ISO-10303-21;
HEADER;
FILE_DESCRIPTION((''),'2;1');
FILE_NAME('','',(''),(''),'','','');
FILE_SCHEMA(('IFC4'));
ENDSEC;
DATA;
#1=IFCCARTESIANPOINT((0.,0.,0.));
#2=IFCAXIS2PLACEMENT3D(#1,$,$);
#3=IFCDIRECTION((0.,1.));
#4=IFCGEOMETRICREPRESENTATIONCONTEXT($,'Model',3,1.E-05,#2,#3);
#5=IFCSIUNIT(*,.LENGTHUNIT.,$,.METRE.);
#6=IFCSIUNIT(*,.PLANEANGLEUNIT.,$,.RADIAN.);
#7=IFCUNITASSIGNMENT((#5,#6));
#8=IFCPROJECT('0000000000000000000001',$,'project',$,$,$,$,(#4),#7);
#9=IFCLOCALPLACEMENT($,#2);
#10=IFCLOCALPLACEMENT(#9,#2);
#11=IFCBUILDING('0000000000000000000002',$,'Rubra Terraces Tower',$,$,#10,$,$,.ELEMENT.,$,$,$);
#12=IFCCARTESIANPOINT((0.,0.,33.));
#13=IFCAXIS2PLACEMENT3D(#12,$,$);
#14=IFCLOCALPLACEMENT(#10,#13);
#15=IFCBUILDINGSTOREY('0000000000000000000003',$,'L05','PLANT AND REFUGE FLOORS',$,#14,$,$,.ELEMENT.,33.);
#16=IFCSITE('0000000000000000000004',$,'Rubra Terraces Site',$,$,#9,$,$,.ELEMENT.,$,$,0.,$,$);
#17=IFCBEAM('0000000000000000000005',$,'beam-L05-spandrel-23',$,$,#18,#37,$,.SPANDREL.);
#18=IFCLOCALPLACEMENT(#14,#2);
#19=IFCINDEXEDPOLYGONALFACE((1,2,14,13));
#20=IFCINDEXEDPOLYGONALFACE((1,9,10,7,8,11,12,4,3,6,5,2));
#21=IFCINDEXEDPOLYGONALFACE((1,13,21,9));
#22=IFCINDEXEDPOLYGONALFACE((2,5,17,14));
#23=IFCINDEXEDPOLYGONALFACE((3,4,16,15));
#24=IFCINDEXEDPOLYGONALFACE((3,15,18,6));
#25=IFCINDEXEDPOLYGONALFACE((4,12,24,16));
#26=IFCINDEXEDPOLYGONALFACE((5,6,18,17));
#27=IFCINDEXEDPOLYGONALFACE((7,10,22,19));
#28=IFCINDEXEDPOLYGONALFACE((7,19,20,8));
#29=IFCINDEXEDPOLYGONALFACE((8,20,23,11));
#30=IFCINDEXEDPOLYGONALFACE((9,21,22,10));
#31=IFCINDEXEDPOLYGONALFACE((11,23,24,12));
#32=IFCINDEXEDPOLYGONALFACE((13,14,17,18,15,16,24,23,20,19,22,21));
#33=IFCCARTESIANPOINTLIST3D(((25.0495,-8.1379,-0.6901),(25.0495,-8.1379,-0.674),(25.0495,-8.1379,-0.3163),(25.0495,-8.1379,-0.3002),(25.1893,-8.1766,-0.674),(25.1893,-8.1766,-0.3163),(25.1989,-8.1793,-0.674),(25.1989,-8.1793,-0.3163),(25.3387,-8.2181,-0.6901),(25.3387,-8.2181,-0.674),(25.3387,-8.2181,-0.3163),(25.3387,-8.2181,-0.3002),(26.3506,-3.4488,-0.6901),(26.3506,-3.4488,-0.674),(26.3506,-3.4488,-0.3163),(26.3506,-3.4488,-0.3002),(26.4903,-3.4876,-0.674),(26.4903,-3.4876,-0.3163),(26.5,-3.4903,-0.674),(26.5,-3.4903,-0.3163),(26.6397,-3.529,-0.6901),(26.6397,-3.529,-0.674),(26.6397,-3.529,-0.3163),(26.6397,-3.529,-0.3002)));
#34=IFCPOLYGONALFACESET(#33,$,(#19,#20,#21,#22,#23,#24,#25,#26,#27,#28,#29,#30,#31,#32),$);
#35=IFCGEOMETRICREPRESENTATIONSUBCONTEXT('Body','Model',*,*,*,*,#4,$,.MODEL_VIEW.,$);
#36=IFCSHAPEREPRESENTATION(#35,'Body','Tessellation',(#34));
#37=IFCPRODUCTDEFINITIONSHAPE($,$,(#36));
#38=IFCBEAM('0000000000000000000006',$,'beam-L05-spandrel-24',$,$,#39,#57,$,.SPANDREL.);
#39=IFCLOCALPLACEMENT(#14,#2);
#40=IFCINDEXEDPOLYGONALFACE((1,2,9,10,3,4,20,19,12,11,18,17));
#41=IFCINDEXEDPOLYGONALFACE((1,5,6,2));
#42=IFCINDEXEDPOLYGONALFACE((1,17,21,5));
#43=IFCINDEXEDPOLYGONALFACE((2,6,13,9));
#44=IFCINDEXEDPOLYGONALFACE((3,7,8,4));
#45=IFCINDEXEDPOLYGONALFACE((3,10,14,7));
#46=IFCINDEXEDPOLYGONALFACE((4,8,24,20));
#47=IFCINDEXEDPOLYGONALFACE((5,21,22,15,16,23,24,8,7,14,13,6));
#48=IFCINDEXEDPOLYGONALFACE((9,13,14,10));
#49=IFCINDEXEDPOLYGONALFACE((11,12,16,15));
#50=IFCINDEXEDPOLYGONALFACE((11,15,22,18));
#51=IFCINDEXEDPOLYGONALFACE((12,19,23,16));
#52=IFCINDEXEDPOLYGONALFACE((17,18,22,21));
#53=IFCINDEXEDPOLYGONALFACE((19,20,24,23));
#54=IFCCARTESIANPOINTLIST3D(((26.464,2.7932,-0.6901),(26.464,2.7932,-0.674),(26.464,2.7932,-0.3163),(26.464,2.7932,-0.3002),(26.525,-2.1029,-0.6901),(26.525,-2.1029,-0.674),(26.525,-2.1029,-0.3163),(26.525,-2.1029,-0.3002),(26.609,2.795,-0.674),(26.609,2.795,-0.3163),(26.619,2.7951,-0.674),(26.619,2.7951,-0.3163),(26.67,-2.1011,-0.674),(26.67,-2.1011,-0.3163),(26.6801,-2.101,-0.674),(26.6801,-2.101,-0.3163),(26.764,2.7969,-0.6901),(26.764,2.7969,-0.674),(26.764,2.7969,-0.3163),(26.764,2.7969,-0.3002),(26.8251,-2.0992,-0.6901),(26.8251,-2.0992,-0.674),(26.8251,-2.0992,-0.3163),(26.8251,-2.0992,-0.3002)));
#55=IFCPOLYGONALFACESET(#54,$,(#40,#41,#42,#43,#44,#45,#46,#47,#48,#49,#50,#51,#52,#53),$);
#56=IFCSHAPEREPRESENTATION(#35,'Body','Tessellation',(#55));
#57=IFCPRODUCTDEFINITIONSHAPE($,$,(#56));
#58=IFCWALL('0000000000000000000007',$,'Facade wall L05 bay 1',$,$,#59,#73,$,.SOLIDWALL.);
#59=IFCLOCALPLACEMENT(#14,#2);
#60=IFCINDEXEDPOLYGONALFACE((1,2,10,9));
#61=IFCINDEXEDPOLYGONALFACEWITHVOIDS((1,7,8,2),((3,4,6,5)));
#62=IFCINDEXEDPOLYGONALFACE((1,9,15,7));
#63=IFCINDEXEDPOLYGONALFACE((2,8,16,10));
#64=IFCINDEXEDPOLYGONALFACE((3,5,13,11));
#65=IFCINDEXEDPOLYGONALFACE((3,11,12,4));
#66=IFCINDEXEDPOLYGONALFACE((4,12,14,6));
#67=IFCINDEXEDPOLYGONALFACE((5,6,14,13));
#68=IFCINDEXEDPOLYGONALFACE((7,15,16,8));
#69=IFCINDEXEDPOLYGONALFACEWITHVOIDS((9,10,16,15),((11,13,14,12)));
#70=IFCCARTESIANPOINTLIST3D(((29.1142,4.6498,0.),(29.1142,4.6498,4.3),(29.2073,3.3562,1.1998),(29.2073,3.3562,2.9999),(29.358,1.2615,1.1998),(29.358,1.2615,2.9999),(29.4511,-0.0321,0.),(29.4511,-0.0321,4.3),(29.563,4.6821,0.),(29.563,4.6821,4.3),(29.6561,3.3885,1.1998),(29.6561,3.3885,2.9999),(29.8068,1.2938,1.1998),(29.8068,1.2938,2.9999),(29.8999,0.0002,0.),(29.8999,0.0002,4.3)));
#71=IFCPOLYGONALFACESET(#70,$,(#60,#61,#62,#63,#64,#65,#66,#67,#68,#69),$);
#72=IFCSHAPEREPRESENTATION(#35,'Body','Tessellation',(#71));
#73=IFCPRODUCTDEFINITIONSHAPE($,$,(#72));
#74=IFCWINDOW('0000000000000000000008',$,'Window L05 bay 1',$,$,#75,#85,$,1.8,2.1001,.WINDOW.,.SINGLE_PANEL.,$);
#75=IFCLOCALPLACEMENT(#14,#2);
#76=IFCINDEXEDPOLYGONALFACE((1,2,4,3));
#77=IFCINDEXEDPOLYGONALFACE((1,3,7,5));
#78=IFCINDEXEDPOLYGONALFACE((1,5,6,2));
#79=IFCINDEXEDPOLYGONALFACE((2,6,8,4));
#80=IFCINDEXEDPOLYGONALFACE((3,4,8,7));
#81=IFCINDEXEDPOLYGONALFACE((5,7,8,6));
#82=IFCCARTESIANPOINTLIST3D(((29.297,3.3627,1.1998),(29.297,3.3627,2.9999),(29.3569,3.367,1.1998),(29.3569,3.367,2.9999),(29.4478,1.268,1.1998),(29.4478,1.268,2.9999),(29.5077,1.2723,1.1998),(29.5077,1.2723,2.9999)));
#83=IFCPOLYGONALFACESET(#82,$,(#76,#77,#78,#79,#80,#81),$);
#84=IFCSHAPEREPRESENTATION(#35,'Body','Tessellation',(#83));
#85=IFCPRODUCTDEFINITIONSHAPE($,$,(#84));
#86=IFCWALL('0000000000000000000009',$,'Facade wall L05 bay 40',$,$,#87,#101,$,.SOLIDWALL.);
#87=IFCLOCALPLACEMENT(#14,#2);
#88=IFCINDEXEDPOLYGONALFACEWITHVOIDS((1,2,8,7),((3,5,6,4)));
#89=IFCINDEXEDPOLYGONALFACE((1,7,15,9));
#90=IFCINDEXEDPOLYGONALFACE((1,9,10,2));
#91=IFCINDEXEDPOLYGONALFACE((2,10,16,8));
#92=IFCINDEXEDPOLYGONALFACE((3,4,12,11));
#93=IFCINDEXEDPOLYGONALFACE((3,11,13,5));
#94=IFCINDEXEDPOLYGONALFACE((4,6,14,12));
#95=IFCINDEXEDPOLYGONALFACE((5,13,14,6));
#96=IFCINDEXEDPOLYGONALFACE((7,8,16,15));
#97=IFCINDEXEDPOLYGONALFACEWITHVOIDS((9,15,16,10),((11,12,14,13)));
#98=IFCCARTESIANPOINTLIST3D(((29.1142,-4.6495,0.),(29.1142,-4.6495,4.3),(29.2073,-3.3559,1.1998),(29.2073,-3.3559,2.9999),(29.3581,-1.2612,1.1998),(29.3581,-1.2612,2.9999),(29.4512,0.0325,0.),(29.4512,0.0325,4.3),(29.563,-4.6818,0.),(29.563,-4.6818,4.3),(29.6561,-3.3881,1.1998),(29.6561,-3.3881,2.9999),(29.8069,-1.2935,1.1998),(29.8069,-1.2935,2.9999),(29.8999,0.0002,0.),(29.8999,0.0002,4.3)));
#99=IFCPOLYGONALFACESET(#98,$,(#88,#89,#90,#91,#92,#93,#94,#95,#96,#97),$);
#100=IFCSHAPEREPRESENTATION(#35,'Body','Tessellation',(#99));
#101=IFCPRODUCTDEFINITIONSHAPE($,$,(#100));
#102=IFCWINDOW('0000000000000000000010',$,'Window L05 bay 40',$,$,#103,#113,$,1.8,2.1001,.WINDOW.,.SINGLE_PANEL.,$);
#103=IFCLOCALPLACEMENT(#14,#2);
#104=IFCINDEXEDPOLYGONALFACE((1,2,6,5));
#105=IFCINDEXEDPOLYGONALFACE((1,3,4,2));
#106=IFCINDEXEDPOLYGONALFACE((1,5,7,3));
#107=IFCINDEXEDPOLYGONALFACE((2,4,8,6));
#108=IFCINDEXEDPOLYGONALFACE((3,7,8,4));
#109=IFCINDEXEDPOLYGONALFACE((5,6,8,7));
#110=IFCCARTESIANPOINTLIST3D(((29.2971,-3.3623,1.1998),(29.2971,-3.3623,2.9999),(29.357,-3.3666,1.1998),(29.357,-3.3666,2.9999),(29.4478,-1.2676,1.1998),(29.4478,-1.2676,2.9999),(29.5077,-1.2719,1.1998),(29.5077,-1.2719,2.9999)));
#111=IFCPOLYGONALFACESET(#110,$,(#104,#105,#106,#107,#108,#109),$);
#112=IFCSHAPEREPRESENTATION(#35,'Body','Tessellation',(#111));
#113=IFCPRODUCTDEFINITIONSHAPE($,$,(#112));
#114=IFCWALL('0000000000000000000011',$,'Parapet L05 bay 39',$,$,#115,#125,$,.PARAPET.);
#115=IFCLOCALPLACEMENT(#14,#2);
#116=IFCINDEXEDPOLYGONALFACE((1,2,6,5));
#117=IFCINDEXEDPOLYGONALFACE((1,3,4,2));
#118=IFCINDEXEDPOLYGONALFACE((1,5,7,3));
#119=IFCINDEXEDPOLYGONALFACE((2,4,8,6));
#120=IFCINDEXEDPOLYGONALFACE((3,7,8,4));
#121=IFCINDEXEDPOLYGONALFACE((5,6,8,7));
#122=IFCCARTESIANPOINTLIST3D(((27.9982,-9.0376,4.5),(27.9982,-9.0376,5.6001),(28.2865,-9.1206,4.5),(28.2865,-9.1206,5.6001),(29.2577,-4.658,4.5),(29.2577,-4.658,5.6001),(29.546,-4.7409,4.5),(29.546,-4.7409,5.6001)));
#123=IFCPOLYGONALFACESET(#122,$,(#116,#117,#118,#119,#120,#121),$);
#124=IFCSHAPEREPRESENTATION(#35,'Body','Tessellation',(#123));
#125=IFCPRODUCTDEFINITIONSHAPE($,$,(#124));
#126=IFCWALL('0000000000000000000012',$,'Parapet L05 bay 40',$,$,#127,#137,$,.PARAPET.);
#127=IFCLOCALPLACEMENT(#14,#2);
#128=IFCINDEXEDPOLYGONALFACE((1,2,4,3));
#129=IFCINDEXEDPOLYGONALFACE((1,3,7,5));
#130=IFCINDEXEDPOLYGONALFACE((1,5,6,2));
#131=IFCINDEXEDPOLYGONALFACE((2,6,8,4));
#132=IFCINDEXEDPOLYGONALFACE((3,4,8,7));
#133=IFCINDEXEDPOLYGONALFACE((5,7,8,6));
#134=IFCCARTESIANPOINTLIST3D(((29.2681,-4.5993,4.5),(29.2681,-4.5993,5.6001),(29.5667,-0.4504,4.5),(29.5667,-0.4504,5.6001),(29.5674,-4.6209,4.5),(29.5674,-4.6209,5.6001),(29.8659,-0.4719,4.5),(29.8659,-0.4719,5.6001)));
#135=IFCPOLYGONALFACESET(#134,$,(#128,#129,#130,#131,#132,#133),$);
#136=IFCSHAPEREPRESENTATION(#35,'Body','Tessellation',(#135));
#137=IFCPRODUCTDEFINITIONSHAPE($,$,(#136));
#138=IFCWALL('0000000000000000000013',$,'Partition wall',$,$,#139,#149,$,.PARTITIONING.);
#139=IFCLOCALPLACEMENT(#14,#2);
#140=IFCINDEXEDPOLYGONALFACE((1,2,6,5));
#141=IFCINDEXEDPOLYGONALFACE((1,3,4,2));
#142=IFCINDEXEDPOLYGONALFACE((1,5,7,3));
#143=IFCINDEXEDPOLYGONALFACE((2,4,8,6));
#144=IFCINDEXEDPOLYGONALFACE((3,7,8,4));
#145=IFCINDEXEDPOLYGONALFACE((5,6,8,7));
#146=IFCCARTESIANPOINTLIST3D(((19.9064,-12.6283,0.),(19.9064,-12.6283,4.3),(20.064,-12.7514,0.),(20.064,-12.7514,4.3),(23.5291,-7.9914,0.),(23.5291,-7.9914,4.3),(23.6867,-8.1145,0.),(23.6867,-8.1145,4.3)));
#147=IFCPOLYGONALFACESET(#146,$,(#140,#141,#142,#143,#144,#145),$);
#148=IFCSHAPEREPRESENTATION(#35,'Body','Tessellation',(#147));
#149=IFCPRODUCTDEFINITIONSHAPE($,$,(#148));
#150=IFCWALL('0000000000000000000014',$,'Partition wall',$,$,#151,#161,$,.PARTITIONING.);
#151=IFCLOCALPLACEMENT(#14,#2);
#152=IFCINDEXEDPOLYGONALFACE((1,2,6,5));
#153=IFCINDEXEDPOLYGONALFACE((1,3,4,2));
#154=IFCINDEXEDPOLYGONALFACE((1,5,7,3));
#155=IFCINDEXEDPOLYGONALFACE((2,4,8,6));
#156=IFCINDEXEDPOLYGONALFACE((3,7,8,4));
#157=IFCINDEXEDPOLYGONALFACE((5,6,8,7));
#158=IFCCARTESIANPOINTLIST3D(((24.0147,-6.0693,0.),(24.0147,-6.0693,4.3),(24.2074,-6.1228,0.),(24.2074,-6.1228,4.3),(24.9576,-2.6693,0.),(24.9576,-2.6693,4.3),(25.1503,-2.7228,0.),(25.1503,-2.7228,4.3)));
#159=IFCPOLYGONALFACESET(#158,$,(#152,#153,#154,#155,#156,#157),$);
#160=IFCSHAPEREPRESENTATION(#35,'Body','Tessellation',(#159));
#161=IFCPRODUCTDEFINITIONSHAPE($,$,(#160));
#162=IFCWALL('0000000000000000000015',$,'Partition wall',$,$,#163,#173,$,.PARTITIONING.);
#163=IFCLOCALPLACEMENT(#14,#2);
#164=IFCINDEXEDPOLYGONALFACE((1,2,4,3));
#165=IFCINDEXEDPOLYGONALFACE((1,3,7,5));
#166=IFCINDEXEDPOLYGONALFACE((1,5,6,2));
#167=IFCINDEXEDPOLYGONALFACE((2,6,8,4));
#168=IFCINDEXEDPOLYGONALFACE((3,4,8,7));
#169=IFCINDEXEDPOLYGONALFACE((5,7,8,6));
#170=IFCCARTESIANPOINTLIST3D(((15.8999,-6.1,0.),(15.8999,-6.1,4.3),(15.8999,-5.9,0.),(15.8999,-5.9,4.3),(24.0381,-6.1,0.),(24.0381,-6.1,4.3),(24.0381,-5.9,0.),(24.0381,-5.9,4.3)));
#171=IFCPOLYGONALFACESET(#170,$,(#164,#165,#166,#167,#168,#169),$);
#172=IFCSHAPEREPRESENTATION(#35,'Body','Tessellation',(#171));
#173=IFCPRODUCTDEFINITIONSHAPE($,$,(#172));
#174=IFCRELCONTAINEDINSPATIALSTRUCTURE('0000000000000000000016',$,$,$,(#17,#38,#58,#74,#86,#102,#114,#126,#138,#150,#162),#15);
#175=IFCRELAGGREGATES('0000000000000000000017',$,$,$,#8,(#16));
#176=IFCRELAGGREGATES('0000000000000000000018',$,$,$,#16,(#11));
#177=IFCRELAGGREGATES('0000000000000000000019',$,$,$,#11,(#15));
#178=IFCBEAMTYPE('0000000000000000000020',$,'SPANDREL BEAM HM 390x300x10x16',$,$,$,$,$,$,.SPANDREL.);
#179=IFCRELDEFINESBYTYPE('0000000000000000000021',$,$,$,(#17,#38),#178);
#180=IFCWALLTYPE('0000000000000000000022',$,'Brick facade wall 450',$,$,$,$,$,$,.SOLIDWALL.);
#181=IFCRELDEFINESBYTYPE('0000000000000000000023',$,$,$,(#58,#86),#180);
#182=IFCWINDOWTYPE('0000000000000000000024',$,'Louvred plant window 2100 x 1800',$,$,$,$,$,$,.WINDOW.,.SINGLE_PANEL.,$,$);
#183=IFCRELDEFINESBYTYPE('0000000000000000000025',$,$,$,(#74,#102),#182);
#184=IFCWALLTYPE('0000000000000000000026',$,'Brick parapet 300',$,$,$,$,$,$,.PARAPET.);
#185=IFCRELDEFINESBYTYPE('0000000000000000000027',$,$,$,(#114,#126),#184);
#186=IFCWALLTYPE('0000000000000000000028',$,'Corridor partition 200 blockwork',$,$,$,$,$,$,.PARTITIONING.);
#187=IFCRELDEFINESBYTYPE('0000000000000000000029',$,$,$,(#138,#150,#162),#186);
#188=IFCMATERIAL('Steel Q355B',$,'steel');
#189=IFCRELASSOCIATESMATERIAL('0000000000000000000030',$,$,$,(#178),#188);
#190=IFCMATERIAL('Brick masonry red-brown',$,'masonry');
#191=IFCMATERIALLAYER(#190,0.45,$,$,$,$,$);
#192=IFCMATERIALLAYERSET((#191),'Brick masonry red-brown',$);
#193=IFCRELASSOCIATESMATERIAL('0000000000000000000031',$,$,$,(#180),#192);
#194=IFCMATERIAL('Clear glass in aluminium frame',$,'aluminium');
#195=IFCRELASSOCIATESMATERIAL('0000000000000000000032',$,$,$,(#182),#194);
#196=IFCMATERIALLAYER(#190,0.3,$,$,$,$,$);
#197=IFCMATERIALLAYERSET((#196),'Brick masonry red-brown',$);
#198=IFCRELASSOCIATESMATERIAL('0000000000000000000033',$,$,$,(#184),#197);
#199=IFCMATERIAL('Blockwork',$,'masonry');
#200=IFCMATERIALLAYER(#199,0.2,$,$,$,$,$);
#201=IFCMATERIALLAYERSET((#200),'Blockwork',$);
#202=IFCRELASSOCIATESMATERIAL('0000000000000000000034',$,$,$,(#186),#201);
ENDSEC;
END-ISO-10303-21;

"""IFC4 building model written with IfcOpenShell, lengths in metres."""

from ifc_helpers import new_model, si_unit, direction, frame, frame_2d, origin, origin_2d, place, context, subcontext, project, spatial, rectangle, i_section, extrude, material, layer, layer_set, material_profile, profile_set, type_object, element, fill, save


model = new_model("IFC4")

# Units and contexts
model_context = context("Model", 3, precision=1e-05, world=origin(), true_north=direction((0.0, 1.0)))
body_context = subcontext(model_context, "Body", "Model", "MODEL_VIEW")
ifc_project = project(units=[si_unit("LENGTHUNIT", "METRE"), si_unit("PLANEANGLEUNIT", "RADIAN")], contexts=[model_context])

# Site, building, storey
site_placement = place(None, origin())
site = spatial("IfcSite", under=ifc_project, at=site_placement, Name="Rubra Terraces Site", CompositionType="ELEMENT", RefElevation=0.0)
building_placement = place(site_placement, origin())
building = spatial("IfcBuilding", under=site, at=building_placement, Name="Rubra Terraces Tower", CompositionType="ELEMENT")
storey_placement = place(building_placement, frame((0.0, 0.0, 33.0)))
storey = spatial("IfcBuildingStorey", under=building, at=storey_placement, Name="L05", Description="PLANT AND REFUGE FLOORS", CompositionType="ELEMENT", Elevation=33.0)

# Shared definitions
ifc_material_1 = material(Name="Steel Q355B", Category="steel")

# Beams
ifc_material_profile_1 = material_profile(ifc_material_1, i_section(OverallWidth=0.3, OverallDepth=0.3899, WebThickness=0.01, FlangeThickness=0.0161, at=origin_2d()), Name="HM 390x300x10x16")
ifc_profile_set_1 = profile_set([ifc_material_profile_1], Name="Steel Q355B")
beam_type_1 = type_object("IfcBeamType", Name="SPANDREL BEAM HM 390x300x10x16", PredefinedType="SPANDREL", material=ifc_profile_set_1)
beam_1_placement = place(storey_placement, frame((25.1941, -8.178, -0.4951), z_axis=(0.267364, 0.963595, 0.0), x_axis=(-0.963595, 0.267364, 0.0)))
element("IfcBeam", 1, at=beam_1_placement, inside=storey, type_object=beam_type_1, Name="beam-L05-spandrel-23", PredefinedType="SPANDREL", context=body_context, shape_type="SweptSolid", body=[
    extrude(i_section(OverallWidth=0.3, OverallDepth=0.3899, WebThickness=0.01, FlangeThickness=0.0161, at=origin_2d()), origin(), (0.0, 0.0, 1.0), 4.8662),
])
beam_2_placement = place(storey_placement, frame((26.675, -2.1011, -0.4951), z_axis=(-0.012465, 0.999922, 0.0), x_axis=(-0.999922, -0.012465, 0.0)))
element("IfcBeam", 2, at=beam_2_placement, inside=storey, type_object=beam_type_1, Name="beam-L05-spandrel-24", PredefinedType="SPANDREL", context=body_context, shape_type="SweptSolid", body=[
    extrude(i_section(OverallWidth=0.3, OverallDepth=0.3899, WebThickness=0.01, FlangeThickness=0.0161, at=origin_2d()), origin(), (0.0, 0.0, 1.0), 4.8965),
])

# Walls, openings, windows
ifc_material_2 = material(Name="Brick masonry red-brown", Category="masonry")
ifc_layer_1 = layer(ifc_material_2, 0.45)
ifc_layer_set_1 = layer_set([ifc_layer_1], Name="Brick masonry red-brown")
wall_type_1 = type_object("IfcWallType", Name="Brick facade wall 450", PredefinedType="SOLIDWALL", material=ifc_layer_set_1)
wall_1_placement = place(storey_placement, frame((29.6755, -0.0161, 0.0), z_axis=(0.0, 0.0, 1.0), x_axis=(-0.071776, 0.997421, 0.0)))
wall_1 = element("IfcWall", 3, at=wall_1_placement, inside=storey, type_object=wall_type_1, Name="Facade wall L05 bay 1", PredefinedType="SOLIDWALL", context=body_context, shape_type="SweptSolid", body=[
    extrude(rectangle(XDim=4.6941, YDim=0.45, at=frame_2d((2.3472, 0.0))), origin(), (0.0, 0.0, 1.0), 4.3),
])
opening_1_placement = place(wall_1_placement, frame((1.2971, 0.0, 1.2)))
opening_1 = element("IfcOpeningElement", 4, at=opening_1_placement, cuts=wall_1, PredefinedType="OPENING", context=body_context, shape_type="SweptSolid", body=[
    extrude(rectangle(XDim=2.1001, YDim=1.8, at=frame_2d((1.05, 0.8999))), frame((0.0, 0.2349, 0.0), z_axis=(0.0, -1.0, 0.0), x_axis=(1.0, 0.0, 0.0)), (0.0, 0.0, 1.0), 0.47),
])
ifc_material_3 = material(Name="Clear glass in aluminium frame", Category="aluminium")
window_type = type_object("IfcWindowType", Name="Louvred plant window 2100 x 1800", PartitioningType="SINGLE_PANEL", PredefinedType="WINDOW", material=ifc_material_3)
window_1_placement = place(opening_1_placement, origin())
window_1 = element("IfcWindow", 5, at=window_1_placement, inside=storey, type_object=window_type, Name="Window L05 bay 1", OverallHeight=1.8, OverallWidth=2.1001, PartitioningType="SINGLE_PANEL", PredefinedType="WINDOW", context=body_context, shape_type="SweptSolid", body=[
    extrude(rectangle(XDim=2.1001, YDim=1.8, at=frame_2d((1.05, 0.8999))), frame((0.0, 0.135, 0.0), z_axis=(0.0, -1.0, 0.0), x_axis=(1.0, 0.0, 0.0)), (0.0, 0.0, 1.0), 0.0601),
])
fill(opening_1, window_1)
wall_2_placement = place(storey_placement, frame((29.3386, -4.6658, 0.0), z_axis=(0.0, 0.0, 1.0), x_axis=(0.071776, 0.997421, 0.0)))
wall_2 = element("IfcWall", 6, at=wall_2_placement, inside=storey, type_object=wall_type_1, Name="Facade wall L05 bay 40", PredefinedType="SOLIDWALL", context=body_context, shape_type="SweptSolid", body=[
    extrude(rectangle(XDim=4.6941, YDim=0.45, at=frame_2d((2.3472, 0.0))), origin(), (0.0, 0.0, 1.0), 4.3),
])
opening_2_placement = place(wall_2_placement, frame((1.2971, 0.0, 1.2)))
opening_2 = element("IfcOpeningElement", 7, at=opening_2_placement, cuts=wall_2, PredefinedType="OPENING", context=body_context, shape_type="SweptSolid", body=[
    extrude(rectangle(XDim=2.1001, YDim=1.8, at=frame_2d((1.05, 0.8999))), frame((0.0, 0.2349, 0.0), z_axis=(0.0, -1.0, 0.0), x_axis=(1.0, 0.0, 0.0)), (0.0, 0.0, 1.0), 0.47),
])
window_2_placement = place(opening_2_placement, origin())
window_2 = element("IfcWindow", 8, at=window_2_placement, inside=storey, type_object=window_type, Name="Window L05 bay 40", OverallHeight=1.8, OverallWidth=2.1001, PartitioningType="SINGLE_PANEL", PredefinedType="WINDOW", context=body_context, shape_type="SweptSolid", body=[
    extrude(rectangle(XDim=2.1001, YDim=1.8, at=frame_2d((1.05, 0.8999))), frame((0.0, 0.135, 0.0), z_axis=(0.0, -1.0, 0.0), x_axis=(1.0, 0.0, 0.0)), (0.0, 0.0, 1.0), 0.0601),
])
fill(opening_2, window_2)

# Walls
ifc_layer_2 = layer(ifc_material_2, 0.3)
ifc_layer_set_2 = layer_set([ifc_layer_2], Name="Brick masonry red-brown")
wall_type_2 = type_object("IfcWallType", Name="Brick parapet 300", PredefinedType="PARAPET", material=ifc_layer_set_2)
wall_3_placement = place(storey_placement, frame((28.1423, -9.0791, 4.5), z_axis=(0.0, 0.0, 1.0), x_axis=(0.276384, 0.961047, 0.0)))
element("IfcWall", 9, at=wall_3_placement, inside=storey, type_object=wall_type_2, Name="Parapet L05 bay 39", PredefinedType="PARAPET", context=body_context, shape_type="SweptSolid", body=[
    extrude(rectangle(XDim=4.5571, YDim=0.3, at=frame_2d((2.2786, 0.0))), origin(), (0.0, 0.0, 1.0), 1.1001),
])
wall_4_placement = place(storey_placement, frame((29.4177, -4.6101, 4.5), z_axis=(0.0, 0.0, 1.0), x_axis=(0.071781, 0.99742, 0.0)))
element("IfcWall", 10, at=wall_4_placement, inside=storey, type_object=wall_type_2, Name="Parapet L05 bay 40", PredefinedType="PARAPET", context=body_context, shape_type="SweptSolid", body=[
    extrude(rectangle(XDim=4.1597, YDim=0.3, at=frame_2d((2.0798, 0.0))), origin(), (0.0, 0.0, 1.0), 1.1001),
])
ifc_material_4 = material(Name="Blockwork", Category="masonry")
ifc_layer_3 = layer(ifc_material_4, 0.2)
ifc_layer_set_3 = layer_set([ifc_layer_3], Name="Blockwork")
wall_type_3 = type_object("IfcWallType", Name="Corridor partition 200 blockwork", PredefinedType="PARTITIONING", material=ifc_layer_set_3)
wall_5_placement = place(storey_placement, frame((23.6079, -8.053, 0.0), z_axis=(0.0, 0.0, 1.0), x_axis=(-0.615663, -0.78801, 0.0)))
element("IfcWall", 11, at=wall_5_placement, inside=storey, type_object=wall_type_3, Name="Partition wall", PredefinedType="PARTITIONING", context=body_context, shape_type="SweptSolid", body=[
    extrude(rectangle(XDim=5.8843, YDim=0.2, at=frame_2d((2.9421, 0.0))), origin(), (0.0, 0.0, 1.0), 4.3),
])
wall_6_placement = place(storey_placement, frame((25.054, -2.696, 0.0), z_axis=(0.0, 0.0, 1.0), x_axis=(-0.267237, -0.963631, 0.0)))
element("IfcWall", 12, at=wall_6_placement, inside=storey, type_object=wall_type_3, Name="Partition wall", PredefinedType="PARTITIONING", context=body_context, shape_type="SweptSolid", body=[
    extrude(rectangle(XDim=3.5283, YDim=0.2, at=frame_2d((1.7642, 0.0))), origin(), (0.0, 0.0, 1.0), 4.3),
])
wall_7_placement = place(storey_placement, frame((24.0381, -6.0, 0.0), z_axis=(0.0, 0.0, 1.0), x_axis=(-1.0, 0.0, 0.0)))
element("IfcWall", 13, at=wall_7_placement, inside=storey, type_object=wall_type_3, Name="Partition wall", PredefinedType="PARTITIONING", context=body_context, shape_type="SweptSolid", body=[
    extrude(rectangle(XDim=8.1382, YDim=0.2, at=frame_2d((4.0691, 0.0))), origin(), (0.0, 0.0, 1.0), 4.3),
])

save(model, "model.ifc")
